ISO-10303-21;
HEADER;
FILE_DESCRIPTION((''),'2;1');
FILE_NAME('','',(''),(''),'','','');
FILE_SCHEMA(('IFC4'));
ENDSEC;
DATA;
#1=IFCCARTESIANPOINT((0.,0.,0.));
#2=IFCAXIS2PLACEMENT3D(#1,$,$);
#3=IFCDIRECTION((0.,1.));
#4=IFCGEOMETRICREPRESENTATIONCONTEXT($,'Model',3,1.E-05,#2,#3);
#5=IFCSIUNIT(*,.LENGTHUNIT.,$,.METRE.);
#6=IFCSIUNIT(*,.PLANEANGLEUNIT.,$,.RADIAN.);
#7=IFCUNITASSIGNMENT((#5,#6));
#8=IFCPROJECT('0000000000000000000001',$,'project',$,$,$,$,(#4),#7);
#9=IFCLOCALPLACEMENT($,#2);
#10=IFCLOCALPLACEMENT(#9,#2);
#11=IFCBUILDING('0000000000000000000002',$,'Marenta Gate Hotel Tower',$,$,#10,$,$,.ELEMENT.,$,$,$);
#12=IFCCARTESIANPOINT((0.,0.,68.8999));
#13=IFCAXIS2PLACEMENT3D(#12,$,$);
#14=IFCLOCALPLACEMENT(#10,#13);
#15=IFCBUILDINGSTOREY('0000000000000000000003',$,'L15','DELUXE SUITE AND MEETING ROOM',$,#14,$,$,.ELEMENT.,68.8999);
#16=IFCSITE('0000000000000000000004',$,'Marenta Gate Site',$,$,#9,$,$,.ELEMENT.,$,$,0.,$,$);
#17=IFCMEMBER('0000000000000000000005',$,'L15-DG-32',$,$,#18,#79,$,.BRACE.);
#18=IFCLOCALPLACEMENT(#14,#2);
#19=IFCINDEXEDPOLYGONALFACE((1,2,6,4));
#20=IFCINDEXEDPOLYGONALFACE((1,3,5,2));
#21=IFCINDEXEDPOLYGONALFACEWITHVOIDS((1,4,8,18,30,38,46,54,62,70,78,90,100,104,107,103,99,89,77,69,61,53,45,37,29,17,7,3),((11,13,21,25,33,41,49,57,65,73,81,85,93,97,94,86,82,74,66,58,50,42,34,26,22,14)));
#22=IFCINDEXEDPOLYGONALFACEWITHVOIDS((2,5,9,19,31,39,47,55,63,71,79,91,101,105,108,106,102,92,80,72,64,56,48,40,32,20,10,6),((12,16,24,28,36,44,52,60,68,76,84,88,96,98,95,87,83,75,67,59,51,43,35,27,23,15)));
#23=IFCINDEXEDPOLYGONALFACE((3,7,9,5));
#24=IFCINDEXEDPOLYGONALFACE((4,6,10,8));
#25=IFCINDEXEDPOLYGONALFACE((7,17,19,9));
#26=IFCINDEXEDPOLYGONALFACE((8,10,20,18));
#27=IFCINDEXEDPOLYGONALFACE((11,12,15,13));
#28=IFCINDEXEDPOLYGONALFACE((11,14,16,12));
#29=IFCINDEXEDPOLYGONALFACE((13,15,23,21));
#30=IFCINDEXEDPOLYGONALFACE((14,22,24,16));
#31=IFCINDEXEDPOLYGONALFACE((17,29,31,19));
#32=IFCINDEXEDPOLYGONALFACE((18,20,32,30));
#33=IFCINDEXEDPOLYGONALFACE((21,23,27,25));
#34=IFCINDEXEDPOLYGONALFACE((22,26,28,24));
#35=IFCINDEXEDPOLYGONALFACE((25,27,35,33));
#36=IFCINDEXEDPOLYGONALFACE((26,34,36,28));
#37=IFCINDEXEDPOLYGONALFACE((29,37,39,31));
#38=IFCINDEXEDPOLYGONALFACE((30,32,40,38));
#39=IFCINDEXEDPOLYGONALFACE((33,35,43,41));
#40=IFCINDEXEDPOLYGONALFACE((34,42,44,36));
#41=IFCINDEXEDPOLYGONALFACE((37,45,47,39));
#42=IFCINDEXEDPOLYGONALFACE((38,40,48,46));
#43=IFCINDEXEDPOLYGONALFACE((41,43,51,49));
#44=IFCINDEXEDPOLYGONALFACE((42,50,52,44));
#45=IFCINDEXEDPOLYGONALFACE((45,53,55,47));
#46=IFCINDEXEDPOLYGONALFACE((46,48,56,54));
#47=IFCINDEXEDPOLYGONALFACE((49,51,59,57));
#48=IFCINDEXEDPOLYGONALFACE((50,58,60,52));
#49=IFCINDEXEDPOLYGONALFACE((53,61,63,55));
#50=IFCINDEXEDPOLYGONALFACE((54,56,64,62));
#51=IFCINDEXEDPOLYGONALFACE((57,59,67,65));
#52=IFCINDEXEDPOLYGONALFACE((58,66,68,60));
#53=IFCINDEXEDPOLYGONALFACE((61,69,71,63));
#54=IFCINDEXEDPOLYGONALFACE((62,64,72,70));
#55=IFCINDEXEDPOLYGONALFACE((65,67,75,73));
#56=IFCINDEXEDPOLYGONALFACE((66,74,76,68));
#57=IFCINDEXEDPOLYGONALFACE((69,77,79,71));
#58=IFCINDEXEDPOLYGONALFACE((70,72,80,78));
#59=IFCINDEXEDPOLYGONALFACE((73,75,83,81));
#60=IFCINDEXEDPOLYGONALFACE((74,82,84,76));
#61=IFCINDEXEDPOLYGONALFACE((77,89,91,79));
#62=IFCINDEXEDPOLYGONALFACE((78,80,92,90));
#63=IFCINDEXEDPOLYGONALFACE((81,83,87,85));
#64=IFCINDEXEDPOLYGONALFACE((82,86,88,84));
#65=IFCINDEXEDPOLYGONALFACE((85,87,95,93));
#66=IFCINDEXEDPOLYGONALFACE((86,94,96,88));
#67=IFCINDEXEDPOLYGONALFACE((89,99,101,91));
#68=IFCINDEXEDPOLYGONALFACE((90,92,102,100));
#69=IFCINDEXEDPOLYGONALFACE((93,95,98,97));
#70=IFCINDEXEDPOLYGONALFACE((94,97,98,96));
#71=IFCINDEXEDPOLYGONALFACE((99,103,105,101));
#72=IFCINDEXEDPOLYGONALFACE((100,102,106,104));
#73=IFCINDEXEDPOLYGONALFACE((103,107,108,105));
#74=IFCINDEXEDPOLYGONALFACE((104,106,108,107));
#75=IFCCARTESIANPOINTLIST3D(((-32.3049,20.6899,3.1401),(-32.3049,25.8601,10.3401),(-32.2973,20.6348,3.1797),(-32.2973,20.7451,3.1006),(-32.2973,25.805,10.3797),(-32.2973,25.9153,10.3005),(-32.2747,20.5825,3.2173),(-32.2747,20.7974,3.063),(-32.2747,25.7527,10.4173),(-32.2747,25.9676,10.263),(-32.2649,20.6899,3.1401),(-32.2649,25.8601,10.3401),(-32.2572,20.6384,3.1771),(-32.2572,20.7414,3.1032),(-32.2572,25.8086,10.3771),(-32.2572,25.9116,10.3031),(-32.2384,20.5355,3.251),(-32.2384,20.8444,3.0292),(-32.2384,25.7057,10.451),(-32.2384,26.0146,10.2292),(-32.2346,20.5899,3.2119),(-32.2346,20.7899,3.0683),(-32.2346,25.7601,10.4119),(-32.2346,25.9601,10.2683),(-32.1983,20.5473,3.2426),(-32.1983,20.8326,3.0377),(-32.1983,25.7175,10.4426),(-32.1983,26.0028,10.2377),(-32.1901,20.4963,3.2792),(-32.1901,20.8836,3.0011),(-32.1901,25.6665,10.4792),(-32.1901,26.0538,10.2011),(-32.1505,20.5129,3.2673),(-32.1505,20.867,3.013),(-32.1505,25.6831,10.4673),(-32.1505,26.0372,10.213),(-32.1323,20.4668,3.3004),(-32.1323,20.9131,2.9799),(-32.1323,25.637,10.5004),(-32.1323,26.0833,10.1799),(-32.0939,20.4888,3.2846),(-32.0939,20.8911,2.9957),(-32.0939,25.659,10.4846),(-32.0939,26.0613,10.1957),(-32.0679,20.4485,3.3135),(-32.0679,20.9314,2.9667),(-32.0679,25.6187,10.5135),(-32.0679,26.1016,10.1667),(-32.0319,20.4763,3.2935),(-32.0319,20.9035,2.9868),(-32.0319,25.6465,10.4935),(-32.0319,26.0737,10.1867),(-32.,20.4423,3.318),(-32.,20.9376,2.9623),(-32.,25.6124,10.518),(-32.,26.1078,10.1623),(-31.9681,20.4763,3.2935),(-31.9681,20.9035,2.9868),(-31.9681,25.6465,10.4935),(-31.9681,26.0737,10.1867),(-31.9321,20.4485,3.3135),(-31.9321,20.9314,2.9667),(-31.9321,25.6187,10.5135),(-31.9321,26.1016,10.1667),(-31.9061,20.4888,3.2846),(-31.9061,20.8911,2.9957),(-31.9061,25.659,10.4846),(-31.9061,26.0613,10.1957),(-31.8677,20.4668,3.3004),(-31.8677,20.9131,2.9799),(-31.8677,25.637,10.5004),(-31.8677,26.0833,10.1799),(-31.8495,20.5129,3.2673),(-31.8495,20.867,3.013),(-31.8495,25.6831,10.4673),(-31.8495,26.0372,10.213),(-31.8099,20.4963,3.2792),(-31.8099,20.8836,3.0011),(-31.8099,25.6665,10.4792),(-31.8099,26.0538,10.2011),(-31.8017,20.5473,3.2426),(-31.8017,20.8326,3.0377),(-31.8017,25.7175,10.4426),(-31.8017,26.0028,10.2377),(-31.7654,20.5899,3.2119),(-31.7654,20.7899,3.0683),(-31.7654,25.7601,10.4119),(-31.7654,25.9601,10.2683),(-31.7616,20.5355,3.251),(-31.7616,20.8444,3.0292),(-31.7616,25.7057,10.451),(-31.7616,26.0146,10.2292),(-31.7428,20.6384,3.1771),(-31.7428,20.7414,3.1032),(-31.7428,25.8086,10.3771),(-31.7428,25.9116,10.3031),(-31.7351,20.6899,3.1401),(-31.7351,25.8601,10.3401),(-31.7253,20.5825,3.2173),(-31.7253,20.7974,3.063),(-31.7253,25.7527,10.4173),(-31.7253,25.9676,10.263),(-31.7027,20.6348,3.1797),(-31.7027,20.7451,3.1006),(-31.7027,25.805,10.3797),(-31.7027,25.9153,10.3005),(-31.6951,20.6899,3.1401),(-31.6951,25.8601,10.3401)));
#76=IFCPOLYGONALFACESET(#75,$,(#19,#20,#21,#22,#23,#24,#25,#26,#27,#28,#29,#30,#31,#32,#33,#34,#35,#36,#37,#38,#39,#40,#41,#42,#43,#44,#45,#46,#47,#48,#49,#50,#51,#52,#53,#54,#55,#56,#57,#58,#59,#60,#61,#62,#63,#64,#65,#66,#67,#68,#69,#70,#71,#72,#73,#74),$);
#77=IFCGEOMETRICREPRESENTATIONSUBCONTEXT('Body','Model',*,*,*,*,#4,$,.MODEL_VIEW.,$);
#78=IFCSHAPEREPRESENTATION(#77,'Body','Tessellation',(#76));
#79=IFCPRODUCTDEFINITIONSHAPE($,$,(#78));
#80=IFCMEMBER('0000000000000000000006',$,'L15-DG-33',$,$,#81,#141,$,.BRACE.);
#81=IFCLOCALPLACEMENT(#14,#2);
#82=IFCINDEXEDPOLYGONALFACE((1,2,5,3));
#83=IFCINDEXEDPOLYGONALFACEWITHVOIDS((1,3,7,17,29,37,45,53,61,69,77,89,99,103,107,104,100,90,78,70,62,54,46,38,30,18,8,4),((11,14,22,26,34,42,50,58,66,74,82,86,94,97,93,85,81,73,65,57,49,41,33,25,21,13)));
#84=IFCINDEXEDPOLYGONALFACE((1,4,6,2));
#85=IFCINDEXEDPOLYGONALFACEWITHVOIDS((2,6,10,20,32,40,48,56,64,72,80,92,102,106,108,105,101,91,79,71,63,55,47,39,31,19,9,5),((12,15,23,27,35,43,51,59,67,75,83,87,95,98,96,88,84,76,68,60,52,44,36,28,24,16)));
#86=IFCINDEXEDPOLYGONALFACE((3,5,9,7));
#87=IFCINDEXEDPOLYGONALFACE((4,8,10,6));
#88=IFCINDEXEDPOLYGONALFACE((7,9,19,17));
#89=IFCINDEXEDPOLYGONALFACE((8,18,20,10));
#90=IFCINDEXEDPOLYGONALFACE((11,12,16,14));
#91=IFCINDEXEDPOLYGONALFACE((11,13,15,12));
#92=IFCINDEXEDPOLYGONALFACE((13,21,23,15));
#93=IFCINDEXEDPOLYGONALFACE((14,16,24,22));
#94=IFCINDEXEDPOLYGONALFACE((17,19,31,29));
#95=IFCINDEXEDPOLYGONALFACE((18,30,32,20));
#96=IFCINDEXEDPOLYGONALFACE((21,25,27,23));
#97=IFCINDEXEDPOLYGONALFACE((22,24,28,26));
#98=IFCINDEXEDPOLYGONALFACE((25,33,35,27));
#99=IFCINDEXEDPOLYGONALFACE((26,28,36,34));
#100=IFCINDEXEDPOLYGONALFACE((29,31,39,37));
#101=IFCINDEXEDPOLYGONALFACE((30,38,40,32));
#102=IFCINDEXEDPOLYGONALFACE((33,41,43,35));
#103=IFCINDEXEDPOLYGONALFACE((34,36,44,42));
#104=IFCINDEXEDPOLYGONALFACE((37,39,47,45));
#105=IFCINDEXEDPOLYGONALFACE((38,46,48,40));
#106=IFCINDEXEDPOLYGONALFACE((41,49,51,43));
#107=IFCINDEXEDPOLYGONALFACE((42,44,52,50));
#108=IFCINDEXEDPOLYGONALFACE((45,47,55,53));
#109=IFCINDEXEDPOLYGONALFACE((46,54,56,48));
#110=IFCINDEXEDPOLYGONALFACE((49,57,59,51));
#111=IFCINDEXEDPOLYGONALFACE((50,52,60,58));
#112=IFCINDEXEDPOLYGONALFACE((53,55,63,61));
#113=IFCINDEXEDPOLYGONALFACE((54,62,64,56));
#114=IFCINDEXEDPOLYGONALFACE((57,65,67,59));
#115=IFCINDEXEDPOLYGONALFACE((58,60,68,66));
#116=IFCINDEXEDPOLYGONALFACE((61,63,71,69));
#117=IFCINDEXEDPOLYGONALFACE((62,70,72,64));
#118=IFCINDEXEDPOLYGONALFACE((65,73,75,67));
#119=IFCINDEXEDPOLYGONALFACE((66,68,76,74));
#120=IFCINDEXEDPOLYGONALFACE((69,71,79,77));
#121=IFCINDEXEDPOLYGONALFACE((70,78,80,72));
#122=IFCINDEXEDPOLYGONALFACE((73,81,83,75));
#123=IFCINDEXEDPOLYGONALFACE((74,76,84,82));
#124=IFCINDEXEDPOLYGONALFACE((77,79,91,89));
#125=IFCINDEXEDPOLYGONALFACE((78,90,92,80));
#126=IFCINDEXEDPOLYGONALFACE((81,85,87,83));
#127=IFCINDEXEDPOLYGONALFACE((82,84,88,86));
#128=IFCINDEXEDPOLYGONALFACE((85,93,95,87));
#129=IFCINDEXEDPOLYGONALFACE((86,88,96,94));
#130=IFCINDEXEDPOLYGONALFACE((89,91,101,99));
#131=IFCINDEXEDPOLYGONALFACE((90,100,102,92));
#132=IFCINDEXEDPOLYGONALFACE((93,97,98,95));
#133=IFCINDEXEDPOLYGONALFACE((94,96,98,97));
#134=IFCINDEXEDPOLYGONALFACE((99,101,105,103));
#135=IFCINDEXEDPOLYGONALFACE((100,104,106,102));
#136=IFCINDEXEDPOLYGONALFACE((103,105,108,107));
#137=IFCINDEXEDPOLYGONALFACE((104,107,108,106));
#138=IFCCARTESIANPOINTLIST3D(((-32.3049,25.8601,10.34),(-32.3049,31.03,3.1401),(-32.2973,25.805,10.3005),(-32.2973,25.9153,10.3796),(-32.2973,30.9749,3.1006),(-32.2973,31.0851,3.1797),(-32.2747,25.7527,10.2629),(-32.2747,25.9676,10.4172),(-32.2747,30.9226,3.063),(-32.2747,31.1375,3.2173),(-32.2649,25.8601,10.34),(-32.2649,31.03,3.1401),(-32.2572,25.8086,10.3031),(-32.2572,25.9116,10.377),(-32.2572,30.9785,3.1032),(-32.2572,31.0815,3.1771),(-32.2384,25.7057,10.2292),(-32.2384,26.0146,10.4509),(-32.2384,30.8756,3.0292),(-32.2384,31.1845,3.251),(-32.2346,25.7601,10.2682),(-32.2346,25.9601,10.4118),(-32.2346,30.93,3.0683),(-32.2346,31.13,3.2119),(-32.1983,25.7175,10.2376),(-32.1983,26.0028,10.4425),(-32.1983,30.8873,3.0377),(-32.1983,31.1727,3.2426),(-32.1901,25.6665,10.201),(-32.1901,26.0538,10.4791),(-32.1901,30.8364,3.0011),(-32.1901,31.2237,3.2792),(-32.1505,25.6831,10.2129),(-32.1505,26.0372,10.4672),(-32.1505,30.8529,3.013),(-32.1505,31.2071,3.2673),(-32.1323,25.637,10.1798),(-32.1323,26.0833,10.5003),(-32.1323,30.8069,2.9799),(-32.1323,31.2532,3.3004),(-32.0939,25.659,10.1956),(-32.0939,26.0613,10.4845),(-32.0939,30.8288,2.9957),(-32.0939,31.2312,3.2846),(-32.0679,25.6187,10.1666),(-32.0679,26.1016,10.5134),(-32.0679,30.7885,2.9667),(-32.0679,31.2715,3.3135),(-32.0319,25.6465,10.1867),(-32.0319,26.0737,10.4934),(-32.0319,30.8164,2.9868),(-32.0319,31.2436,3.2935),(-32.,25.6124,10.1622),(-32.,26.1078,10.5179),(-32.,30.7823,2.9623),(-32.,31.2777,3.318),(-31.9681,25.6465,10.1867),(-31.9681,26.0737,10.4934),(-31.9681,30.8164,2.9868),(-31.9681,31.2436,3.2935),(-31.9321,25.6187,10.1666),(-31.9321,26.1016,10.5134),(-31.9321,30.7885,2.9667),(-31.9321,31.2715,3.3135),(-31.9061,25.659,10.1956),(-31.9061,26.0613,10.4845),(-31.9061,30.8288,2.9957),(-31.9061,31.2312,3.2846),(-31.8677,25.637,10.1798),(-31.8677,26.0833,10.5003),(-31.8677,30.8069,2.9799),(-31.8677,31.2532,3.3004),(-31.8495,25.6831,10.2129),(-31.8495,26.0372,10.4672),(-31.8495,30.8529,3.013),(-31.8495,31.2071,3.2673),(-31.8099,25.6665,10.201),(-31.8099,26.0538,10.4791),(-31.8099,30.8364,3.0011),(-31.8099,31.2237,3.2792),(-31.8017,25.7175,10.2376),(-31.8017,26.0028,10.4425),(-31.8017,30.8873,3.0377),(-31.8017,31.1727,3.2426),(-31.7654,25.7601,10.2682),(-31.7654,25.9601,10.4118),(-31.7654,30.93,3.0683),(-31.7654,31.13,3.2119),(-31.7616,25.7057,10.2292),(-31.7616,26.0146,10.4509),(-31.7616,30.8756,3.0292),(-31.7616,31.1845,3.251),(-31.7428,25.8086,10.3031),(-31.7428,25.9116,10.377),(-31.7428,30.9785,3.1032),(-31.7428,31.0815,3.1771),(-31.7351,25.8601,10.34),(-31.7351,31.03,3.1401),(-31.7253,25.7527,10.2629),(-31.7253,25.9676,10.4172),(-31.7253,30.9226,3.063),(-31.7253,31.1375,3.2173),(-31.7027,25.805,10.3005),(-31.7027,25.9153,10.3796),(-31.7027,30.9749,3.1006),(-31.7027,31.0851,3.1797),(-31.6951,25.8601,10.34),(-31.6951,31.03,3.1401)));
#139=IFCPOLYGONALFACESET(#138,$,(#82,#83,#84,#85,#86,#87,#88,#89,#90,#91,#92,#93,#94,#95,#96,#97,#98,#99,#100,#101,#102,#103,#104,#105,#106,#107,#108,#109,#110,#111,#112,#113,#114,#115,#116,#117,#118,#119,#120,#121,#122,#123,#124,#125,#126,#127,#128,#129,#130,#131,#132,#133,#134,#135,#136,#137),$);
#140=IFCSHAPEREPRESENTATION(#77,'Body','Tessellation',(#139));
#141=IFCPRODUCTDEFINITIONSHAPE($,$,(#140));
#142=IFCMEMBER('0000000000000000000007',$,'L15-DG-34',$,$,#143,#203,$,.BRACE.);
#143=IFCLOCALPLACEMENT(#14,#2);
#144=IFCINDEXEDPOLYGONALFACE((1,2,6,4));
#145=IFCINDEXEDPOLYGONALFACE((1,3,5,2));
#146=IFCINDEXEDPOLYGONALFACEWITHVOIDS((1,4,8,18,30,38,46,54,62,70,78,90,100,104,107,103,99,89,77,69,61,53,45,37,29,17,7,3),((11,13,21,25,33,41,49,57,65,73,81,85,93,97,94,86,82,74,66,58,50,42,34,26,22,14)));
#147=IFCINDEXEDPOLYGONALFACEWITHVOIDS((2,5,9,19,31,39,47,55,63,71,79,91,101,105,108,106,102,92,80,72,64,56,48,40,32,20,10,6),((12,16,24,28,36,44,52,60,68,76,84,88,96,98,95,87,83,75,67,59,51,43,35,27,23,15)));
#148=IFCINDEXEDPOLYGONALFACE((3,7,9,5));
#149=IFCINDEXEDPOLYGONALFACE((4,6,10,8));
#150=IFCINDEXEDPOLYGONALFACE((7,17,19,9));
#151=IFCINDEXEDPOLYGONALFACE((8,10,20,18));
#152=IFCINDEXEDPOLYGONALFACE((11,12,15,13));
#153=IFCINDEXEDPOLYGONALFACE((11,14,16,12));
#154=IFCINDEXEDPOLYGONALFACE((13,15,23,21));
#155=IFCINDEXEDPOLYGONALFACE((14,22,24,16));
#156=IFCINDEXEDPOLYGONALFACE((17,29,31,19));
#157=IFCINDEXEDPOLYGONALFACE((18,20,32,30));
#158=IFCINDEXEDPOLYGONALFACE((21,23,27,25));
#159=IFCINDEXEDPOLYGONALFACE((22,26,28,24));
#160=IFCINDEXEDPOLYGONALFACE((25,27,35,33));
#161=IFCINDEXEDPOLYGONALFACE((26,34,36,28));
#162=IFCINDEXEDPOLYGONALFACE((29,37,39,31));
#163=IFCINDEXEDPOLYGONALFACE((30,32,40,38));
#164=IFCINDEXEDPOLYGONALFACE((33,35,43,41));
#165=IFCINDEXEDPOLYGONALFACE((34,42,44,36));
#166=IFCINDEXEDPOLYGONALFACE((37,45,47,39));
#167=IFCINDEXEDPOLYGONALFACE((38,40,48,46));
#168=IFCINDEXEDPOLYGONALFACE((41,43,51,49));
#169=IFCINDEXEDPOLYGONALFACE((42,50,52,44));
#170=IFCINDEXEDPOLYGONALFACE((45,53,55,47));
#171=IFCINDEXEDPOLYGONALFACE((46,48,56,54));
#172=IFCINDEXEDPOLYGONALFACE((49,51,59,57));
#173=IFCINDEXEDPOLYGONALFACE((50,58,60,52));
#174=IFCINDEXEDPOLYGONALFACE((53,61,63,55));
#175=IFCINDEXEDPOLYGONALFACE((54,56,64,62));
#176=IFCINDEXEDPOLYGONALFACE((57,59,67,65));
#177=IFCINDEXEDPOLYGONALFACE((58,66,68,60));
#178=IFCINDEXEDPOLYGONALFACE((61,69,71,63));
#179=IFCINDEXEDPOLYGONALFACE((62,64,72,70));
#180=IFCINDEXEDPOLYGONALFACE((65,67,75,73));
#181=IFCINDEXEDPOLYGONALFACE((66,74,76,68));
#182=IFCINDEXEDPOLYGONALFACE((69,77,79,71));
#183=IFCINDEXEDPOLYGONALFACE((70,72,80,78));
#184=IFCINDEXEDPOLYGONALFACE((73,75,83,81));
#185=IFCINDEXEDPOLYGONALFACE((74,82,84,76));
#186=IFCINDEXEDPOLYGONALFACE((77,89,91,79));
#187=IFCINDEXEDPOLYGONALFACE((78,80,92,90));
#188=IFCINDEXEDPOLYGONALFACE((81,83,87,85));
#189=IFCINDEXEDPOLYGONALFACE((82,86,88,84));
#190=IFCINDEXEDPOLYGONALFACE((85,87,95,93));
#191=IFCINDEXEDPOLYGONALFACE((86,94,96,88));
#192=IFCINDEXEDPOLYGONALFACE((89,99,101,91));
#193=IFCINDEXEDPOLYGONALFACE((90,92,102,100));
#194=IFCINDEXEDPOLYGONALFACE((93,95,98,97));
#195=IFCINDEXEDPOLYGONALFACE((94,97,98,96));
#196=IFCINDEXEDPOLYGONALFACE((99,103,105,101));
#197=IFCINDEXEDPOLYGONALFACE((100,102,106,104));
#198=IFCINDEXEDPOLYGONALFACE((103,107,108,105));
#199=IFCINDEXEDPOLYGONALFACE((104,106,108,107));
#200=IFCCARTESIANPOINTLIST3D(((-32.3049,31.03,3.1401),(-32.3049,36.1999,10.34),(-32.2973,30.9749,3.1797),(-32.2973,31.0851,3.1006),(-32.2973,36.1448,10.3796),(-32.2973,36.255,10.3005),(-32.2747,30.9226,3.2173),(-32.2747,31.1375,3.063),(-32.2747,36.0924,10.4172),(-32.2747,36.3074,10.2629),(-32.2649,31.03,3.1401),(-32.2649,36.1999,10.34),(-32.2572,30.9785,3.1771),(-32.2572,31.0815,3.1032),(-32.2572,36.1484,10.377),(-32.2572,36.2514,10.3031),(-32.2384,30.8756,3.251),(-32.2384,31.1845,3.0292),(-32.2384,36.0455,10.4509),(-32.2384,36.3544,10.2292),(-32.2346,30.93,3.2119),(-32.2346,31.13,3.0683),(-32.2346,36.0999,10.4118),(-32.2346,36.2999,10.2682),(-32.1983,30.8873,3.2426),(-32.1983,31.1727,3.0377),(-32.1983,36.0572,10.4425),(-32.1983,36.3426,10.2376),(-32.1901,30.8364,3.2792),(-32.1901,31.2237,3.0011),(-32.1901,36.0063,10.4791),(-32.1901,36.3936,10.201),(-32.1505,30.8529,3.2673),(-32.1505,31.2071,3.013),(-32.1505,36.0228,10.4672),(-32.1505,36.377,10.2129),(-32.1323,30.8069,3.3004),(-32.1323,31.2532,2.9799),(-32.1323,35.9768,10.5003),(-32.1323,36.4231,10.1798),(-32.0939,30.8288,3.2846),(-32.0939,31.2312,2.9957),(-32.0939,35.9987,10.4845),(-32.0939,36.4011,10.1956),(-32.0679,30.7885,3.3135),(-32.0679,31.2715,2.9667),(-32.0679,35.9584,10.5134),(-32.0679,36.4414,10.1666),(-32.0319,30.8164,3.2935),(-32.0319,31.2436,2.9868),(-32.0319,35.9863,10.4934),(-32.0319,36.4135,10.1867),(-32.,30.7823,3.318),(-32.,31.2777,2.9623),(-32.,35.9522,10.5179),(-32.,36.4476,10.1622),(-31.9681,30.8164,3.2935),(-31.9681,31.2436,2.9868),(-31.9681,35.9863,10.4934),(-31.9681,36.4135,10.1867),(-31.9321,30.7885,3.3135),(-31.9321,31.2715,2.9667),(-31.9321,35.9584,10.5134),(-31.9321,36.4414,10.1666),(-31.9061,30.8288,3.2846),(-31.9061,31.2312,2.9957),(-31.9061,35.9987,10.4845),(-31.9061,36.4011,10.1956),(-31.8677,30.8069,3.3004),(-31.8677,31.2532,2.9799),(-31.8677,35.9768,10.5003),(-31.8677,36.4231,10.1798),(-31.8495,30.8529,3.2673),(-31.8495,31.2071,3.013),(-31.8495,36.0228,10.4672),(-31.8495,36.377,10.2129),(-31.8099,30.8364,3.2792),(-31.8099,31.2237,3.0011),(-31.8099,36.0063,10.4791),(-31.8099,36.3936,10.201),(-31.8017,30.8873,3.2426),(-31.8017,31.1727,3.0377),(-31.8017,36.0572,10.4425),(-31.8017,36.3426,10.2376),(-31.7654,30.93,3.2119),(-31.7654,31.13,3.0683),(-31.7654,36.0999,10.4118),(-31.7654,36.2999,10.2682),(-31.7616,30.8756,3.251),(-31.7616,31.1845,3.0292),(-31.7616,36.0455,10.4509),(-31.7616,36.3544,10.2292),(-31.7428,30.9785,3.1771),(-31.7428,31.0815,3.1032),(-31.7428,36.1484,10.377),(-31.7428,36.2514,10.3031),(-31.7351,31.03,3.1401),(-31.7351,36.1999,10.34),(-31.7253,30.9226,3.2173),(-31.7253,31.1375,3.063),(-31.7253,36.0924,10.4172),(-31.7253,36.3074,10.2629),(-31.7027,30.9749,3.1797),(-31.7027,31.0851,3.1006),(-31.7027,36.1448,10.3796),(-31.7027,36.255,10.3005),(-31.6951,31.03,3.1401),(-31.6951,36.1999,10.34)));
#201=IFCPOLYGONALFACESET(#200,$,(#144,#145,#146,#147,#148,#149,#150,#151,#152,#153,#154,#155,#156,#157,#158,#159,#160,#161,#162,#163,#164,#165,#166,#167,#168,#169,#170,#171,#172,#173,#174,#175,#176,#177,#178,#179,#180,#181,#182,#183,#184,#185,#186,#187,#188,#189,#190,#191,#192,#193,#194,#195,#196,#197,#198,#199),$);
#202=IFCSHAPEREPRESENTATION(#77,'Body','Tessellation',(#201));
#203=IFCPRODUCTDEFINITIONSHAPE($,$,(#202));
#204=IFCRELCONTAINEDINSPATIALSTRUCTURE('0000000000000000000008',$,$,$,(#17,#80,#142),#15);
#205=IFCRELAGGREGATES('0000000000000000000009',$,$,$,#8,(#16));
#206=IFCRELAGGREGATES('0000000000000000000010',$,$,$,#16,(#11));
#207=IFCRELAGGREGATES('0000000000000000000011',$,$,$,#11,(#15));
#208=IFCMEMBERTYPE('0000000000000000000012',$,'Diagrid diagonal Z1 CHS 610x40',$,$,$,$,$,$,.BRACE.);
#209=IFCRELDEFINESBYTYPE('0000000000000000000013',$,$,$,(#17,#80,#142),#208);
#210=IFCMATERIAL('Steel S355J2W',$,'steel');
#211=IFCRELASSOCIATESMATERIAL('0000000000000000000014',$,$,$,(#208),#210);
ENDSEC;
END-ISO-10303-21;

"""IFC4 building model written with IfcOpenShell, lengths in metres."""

from ifc_helpers import new_model, si_unit, direction, frame, origin, origin_2d, place, context, subcontext, project, spatial, hollow_circle, extrude, material, material_profile, profile_set, type_object, element, save


model = new_model("IFC4")

# Units and contexts
model_context = context("Model", 3, precision=1e-05, world=origin(), true_north=direction((0.0, 1.0)))
body_context = subcontext(model_context, "Body", "Model", "MODEL_VIEW")
ifc_project = project(units=[si_unit("LENGTHUNIT", "METRE"), si_unit("PLANEANGLEUNIT", "RADIAN")], contexts=[model_context])

# Site, building, storey
site_placement = place(None, origin())
site = spatial("IfcSite", under=ifc_project, at=site_placement, Name="Marenta Gate Site", CompositionType="ELEMENT", RefElevation=0.0)
building_placement = place(site_placement, origin())
building = spatial("IfcBuilding", under=site, at=building_placement, Name="Marenta Gate Hotel Tower", CompositionType="ELEMENT")
storey_placement = place(building_placement, frame((0.0, 0.0, 68.8999)))
storey = spatial("IfcBuildingStorey", under=building, at=storey_placement, Name="L15", Description="DELUXE SUITE AND MEETING ROOM", CompositionType="ELEMENT", Elevation=68.8999)

# Members
ifc_material_1 = material(Name="Steel S355J2W", Category="steel")
ifc_material_profile_1 = material_profile(ifc_material_1, hollow_circle(Radius=0.3049, WallThickness=0.04, at=origin_2d()), Name="CHS 610x40")
ifc_profile_set_1 = profile_set([ifc_material_profile_1], Name="Steel S355J2W")
member_type_1 = type_object("IfcMemberType", Name="Diagrid diagonal Z1 CHS 610x40", PredefinedType="BRACE", material=ifc_profile_set_1)
member_1_placement = place(storey_placement, frame((-32.0, 20.6899, 3.1401), z_axis=(0.0, 0.583279, 0.812272), x_axis=(-1.0, 0.0, 0.0)))
element("IfcMember", 1, at=member_1_placement, inside=storey, type_object=member_type_1, Name="L15-DG-32", PredefinedType="BRACE", context=body_context, shape_type="SweptSolid", body=[
    extrude(hollow_circle(Radius=0.3049, WallThickness=0.04, at=origin_2d()), origin(), (0.0, 0.0, 1.0), 8.864),
])
for number, where, z_axis, x_axis, name in (
    (2, (-32.0, 31.03, 3.1401), (0.0, -0.583261, 0.812285), (1.0, 0.0, 0.0), "L15-DG-33"),
    (3, (-32.0, 31.03, 3.1401), (0.0, 0.583261, 0.812285), (-1.0, 0.0, 0.0), "L15-DG-34"),
):
    element("IfcMember", number, at=place(storey_placement, frame(where, z_axis=z_axis, x_axis=x_axis)), inside=storey, type_object=member_type_1, Name=name, PredefinedType="BRACE", context=body_context, shape_type="SweptSolid", body=[
        extrude(hollow_circle(Radius=0.3049, WallThickness=0.04, at=origin_2d()), origin(), (0.0, 0.0, 1.0), 8.8638),
    ])

save(model, "model.ifc")
